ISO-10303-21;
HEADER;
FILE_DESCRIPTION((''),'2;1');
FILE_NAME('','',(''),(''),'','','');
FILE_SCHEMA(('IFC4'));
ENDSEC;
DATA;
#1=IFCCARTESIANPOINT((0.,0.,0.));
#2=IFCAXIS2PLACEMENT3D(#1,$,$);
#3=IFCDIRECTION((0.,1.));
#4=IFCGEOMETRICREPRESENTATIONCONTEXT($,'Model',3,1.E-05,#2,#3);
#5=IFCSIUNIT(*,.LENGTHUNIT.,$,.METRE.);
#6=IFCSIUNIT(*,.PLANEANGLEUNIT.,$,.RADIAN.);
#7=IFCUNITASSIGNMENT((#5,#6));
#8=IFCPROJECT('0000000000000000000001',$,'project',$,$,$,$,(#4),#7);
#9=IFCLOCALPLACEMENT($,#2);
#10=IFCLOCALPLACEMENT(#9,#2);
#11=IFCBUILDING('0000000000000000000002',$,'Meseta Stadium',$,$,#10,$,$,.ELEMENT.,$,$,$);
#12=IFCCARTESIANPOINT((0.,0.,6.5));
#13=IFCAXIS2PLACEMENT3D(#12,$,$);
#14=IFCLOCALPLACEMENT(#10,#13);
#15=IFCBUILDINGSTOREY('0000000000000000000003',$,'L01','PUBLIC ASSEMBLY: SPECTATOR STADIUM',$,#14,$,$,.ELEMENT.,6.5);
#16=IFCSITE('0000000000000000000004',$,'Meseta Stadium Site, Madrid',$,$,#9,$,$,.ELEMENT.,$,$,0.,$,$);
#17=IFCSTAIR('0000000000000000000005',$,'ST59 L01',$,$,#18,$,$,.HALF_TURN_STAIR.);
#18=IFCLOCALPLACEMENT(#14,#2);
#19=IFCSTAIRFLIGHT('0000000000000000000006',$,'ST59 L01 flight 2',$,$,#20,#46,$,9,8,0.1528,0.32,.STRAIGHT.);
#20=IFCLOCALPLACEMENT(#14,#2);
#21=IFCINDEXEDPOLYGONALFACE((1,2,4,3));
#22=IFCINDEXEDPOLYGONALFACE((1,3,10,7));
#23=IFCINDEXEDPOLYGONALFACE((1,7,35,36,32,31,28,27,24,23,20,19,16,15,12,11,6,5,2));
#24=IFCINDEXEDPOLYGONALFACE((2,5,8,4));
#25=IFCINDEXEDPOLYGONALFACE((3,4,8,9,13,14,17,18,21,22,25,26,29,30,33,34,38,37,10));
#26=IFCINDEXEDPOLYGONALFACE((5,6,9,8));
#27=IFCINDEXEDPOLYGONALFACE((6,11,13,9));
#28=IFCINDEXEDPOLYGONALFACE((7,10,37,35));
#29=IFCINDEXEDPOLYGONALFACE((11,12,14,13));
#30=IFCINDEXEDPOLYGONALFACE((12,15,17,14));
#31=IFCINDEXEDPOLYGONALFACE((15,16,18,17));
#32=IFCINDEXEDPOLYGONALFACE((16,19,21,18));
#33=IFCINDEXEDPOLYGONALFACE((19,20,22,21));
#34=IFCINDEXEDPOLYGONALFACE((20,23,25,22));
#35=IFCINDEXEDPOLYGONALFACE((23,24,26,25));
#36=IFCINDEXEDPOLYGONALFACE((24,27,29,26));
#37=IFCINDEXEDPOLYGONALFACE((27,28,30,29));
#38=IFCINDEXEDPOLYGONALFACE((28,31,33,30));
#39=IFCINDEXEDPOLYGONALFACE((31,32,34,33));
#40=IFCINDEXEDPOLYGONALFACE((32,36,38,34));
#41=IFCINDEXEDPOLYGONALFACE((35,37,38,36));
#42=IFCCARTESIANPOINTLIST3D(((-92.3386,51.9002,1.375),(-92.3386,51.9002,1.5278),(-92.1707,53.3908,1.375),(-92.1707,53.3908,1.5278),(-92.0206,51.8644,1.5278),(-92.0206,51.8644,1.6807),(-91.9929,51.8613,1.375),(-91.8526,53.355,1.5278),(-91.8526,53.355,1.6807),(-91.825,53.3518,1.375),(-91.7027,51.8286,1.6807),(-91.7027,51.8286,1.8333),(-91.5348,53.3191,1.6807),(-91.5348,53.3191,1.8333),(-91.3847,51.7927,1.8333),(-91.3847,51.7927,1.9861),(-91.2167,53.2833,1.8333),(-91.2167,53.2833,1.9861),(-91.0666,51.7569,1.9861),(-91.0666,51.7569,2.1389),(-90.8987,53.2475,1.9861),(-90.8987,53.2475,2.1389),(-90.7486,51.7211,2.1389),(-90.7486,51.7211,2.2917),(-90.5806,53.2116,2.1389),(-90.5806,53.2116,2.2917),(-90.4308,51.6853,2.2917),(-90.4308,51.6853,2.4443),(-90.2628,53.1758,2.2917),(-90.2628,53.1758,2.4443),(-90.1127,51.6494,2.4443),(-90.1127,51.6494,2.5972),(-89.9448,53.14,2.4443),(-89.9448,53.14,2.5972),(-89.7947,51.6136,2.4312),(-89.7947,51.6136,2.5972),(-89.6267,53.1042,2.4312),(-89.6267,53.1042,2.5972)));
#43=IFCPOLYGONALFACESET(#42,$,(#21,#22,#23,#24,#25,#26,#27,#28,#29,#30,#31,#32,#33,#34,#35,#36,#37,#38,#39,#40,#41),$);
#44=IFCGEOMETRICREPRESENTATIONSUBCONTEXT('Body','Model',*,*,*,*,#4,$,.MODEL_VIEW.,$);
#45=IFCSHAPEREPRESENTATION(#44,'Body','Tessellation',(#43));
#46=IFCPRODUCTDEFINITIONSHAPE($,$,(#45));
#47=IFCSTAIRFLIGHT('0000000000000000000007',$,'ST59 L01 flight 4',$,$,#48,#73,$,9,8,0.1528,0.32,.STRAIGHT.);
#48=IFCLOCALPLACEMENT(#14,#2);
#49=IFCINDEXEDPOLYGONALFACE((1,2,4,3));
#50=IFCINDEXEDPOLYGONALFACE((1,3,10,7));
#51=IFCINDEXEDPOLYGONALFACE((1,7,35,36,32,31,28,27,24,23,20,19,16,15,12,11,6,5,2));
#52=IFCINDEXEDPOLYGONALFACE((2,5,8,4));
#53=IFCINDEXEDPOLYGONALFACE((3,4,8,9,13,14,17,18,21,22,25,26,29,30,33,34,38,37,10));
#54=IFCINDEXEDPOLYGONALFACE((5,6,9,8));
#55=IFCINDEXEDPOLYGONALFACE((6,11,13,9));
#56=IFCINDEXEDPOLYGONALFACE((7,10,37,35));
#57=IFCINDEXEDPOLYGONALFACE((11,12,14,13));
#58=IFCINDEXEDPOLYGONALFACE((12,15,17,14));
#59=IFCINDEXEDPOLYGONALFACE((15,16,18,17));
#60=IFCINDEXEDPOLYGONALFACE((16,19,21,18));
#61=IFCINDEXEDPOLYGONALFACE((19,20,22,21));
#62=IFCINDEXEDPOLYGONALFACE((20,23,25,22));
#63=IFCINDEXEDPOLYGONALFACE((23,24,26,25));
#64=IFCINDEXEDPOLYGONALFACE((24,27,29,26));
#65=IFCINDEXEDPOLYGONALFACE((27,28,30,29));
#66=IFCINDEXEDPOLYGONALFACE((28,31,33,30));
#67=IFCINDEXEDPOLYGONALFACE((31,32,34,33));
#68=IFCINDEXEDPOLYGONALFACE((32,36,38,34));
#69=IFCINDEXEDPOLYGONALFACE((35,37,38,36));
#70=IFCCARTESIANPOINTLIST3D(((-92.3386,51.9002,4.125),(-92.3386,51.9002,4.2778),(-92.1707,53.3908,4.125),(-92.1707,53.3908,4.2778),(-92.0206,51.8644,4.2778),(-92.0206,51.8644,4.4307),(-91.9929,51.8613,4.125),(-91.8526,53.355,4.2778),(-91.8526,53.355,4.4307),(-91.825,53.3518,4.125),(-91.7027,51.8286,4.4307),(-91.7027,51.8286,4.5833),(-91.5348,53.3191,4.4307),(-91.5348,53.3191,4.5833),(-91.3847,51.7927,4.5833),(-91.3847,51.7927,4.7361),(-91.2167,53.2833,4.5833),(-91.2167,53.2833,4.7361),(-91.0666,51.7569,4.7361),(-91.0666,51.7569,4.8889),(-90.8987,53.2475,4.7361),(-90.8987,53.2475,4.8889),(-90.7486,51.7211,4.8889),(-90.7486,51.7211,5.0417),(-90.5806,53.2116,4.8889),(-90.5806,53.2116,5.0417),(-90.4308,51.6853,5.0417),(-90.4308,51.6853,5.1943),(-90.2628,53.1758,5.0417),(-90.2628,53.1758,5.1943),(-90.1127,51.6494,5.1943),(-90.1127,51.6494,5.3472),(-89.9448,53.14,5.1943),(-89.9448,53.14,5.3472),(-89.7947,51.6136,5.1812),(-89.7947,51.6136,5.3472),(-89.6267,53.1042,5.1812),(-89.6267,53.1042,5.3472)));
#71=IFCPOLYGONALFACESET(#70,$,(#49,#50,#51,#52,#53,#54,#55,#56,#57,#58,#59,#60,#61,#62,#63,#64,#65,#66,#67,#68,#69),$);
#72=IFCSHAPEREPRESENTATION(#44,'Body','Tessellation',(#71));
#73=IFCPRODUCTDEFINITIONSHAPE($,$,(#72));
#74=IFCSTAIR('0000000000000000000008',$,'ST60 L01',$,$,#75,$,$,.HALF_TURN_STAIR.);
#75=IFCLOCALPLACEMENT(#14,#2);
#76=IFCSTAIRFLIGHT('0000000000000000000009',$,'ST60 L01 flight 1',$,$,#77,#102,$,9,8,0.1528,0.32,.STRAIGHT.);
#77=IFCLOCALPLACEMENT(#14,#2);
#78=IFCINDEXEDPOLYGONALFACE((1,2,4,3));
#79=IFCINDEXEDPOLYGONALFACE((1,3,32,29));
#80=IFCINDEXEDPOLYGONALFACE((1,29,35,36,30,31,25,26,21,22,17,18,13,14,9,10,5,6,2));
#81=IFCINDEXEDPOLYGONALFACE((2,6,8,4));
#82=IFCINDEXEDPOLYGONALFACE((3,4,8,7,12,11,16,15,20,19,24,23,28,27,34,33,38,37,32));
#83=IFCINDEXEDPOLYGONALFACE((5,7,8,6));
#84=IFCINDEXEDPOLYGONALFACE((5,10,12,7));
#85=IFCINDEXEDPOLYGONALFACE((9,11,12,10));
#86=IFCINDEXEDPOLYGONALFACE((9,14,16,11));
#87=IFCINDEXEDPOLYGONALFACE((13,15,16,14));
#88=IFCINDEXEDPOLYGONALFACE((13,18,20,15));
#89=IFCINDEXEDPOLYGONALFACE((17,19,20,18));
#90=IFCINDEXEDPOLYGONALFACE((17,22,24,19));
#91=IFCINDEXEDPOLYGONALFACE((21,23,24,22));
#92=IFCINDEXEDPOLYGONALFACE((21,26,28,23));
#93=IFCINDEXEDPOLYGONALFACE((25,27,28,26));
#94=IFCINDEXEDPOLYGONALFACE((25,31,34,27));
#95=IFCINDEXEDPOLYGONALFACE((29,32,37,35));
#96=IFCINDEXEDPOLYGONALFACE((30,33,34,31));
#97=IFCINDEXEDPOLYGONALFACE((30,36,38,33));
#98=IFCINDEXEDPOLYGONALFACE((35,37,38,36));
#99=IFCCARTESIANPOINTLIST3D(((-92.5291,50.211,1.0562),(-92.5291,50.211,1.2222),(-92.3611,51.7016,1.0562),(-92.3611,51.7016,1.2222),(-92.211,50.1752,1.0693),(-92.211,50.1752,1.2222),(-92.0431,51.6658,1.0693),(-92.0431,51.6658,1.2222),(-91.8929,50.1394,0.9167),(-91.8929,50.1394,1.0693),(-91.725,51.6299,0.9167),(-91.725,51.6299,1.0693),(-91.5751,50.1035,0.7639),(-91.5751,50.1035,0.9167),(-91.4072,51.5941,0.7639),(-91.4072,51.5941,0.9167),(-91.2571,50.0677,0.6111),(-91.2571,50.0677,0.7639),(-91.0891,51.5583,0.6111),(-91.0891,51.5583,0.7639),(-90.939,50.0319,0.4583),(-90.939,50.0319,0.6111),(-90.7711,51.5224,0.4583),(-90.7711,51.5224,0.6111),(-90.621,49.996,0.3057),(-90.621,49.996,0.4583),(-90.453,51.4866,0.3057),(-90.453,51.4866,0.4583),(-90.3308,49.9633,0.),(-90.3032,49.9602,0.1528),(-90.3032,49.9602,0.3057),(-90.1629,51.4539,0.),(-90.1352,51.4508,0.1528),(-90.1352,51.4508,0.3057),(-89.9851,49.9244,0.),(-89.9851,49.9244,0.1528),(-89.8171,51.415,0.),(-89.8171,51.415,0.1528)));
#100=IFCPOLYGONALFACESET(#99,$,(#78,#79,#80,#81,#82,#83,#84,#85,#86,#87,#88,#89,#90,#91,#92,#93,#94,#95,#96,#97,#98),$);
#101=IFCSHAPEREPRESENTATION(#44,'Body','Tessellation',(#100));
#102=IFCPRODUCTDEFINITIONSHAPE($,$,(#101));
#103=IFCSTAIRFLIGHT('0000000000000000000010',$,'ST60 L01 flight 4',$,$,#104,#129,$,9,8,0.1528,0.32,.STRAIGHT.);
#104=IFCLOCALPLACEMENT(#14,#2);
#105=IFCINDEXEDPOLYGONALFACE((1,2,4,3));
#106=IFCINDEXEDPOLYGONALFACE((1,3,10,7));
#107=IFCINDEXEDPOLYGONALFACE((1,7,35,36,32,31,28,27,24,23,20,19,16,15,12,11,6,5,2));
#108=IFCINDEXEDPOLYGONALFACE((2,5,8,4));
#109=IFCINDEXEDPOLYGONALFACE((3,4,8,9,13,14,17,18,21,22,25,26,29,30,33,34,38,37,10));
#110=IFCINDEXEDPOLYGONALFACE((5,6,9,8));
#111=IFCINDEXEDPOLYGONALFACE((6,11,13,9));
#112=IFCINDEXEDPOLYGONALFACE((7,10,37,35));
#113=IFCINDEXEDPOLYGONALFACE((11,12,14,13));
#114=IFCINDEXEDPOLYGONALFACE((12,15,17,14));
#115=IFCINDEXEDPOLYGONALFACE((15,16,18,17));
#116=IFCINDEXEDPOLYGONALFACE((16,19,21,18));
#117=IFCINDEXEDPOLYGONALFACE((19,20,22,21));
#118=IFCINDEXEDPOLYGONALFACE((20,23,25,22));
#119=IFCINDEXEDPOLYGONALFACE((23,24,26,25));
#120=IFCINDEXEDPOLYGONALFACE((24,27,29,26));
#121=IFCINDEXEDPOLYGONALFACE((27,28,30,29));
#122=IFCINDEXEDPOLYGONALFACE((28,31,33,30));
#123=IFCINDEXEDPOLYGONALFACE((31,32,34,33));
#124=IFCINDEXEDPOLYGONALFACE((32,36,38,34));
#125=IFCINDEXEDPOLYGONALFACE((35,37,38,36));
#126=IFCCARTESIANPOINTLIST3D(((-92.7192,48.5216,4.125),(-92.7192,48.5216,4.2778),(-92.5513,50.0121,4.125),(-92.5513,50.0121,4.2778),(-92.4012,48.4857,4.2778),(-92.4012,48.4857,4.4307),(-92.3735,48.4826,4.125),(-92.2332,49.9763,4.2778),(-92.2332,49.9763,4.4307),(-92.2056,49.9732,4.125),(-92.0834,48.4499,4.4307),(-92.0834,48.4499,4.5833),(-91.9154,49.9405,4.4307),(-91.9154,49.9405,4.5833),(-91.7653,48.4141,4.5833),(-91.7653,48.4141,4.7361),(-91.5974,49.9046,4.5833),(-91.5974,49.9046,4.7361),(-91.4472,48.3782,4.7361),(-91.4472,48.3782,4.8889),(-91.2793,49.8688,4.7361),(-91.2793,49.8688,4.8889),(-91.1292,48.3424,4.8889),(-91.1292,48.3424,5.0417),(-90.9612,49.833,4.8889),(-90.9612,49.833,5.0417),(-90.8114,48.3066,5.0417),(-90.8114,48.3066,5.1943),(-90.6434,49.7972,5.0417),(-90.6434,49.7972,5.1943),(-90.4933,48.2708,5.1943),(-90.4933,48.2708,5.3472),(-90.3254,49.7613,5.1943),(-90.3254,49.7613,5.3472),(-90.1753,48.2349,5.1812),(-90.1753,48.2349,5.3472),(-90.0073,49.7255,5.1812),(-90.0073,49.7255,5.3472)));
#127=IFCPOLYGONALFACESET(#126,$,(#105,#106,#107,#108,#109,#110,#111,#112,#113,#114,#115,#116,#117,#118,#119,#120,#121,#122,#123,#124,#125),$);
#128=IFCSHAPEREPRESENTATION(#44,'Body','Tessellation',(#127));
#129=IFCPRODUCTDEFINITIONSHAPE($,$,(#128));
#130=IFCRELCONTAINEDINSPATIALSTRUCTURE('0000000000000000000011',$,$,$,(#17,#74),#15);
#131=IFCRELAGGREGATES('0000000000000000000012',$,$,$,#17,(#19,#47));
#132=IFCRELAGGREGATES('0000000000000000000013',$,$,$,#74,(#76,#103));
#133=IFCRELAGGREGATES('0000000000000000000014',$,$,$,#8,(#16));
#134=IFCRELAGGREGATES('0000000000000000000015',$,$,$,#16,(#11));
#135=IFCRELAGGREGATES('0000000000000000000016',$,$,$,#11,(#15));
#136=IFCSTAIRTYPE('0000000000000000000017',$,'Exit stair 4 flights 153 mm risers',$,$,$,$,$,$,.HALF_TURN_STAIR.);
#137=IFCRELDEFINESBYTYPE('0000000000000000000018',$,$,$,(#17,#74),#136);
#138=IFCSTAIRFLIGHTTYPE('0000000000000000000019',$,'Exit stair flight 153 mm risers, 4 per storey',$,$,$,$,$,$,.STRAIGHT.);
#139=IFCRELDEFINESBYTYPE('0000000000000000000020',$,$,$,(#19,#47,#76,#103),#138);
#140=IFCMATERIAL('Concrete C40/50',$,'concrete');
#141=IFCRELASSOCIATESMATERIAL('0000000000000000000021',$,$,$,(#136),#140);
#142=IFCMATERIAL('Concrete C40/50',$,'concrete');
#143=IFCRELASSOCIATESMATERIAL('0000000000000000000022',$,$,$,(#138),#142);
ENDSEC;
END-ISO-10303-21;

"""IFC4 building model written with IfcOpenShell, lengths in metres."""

from ifc_helpers import new_model, si_unit, direction, frame, origin, place, context, subcontext, project, spatial, polyline, outline, extrude, material, type_object, element, aggregate, save


model = new_model("IFC4")

# Units and contexts
model_context = context("Model", 3, precision=1e-05, world=origin(), true_north=direction((0.0, 1.0)))
body_context = subcontext(model_context, "Body", "Model", "MODEL_VIEW")
ifc_project = project(units=[si_unit("LENGTHUNIT", "METRE"), si_unit("PLANEANGLEUNIT", "RADIAN")], contexts=[model_context])

# Site, building, storey
site_placement = place(None, origin())
site = spatial("IfcSite", under=ifc_project, at=site_placement, Name="Meseta Stadium Site, Madrid", CompositionType="ELEMENT", RefElevation=0.0)
building_placement = place(site_placement, origin())
building = spatial("IfcBuilding", under=site, at=building_placement, Name="Meseta Stadium", CompositionType="ELEMENT")
storey_placement = place(building_placement, frame((0.0, 0.0, 6.5)))
storey = spatial("IfcBuildingStorey", under=building, at=storey_placement, Name="L01", Description="PUBLIC ASSEMBLY: SPECTATOR STADIUM", CompositionType="ELEMENT", Elevation=6.5)

# Stairs, stair flights
ifc_material_1 = material(Name="Concrete C40/50", Category="concrete")
stair_type = type_object("IfcStairType", Name="Exit stair 4 flights 153 mm risers", PredefinedType="HALF_TURN_STAIR", material=ifc_material_1)
stair_1_placement = place(storey_placement, origin())
stair_1 = element("IfcStair", 1, at=stair_1_placement, inside=storey, type_object=stair_type, Name="ST59 L01", PredefinedType="HALF_TURN_STAIR")
ifc_material_2 = material(Name="Concrete C40/50", Category="concrete")
stair_flight_type = type_object("IfcStairFlightType", Name="Exit stair flight 153 mm risers, 4 per storey", PredefinedType="STRAIGHT", material=ifc_material_2)
stair_flight_1_placement = place(storey_placement, frame((-92.2546, 52.6455, 1.375), z_axis=(0.0, 0.0, 1.0), x_axis=(0.993712, -0.111964, 0.0)))
stair_flight_1 = element("IfcStairFlight", 2, at=stair_flight_1_placement, type_object=stair_flight_type, Name="ST59 L01 flight 2", NumberOfRisers=9, NumberOfTreads=8, PredefinedType="STRAIGHT", RiserHeight=0.1528, TreadLength=0.32, context=body_context, shape_type="SweptSolid", body=[
    extrude(outline(polyline([(0.0, 0.0), (0.0, 0.1528), (0.3201, 0.1528), (0.3201, 0.3057), (0.6399, 0.3057), (0.6399, 0.4583), (0.96, 0.4583), (0.96, 0.6111), (1.28, 0.6111), (1.28, 0.7639), (1.6001, 0.7639), (1.6001, 0.9167), (1.9199, 0.9167), (1.9199, 1.0693), (2.24, 1.0693), (2.24, 1.2222), (2.5601, 1.2222), (2.5601, 1.0562), (0.3479, 0.0), (0.0, 0.0)])), frame((0.0, 0.75, 0.0), z_axis=(0.0, -1.0, 0.0), x_axis=(1.0, 0.0, 0.0)), (0.0, 0.0, 1.0), 1.5),
])
stair_flight_2_placement = place(storey_placement, frame((-92.2546, 52.6455, 4.125), z_axis=(0.0, 0.0, 1.0), x_axis=(0.993712, -0.111964, 0.0)))
stair_flight_2 = element("IfcStairFlight", 3, at=stair_flight_2_placement, type_object=stair_flight_type, Name="ST59 L01 flight 4", NumberOfRisers=9, NumberOfTreads=8, PredefinedType="STRAIGHT", RiserHeight=0.1528, TreadLength=0.32, context=body_context, shape_type="SweptSolid", body=[
    extrude(outline(polyline([(0.0, 0.0), (0.0, 0.1528), (0.3201, 0.1528), (0.3201, 0.3057), (0.6399, 0.3057), (0.6399, 0.4583), (0.96, 0.4583), (0.96, 0.6111), (1.28, 0.6111), (1.28, 0.7639), (1.6001, 0.7639), (1.6001, 0.9167), (1.9199, 0.9167), (1.9199, 1.0693), (2.24, 1.0693), (2.24, 1.2222), (2.5601, 1.2222), (2.5601, 1.0562), (0.3479, 0.0), (0.0, 0.0)])), frame((0.0, 0.75, 0.0), z_axis=(0.0, -1.0, 0.0), x_axis=(1.0, 0.0, 0.0)), (0.0, 0.0, 1.0), 1.5),
])
aggregate(stair_1, [stair_flight_1, stair_flight_2])
stair_2_placement = place(storey_placement, origin())
stair_2 = element("IfcStair", 4, at=stair_2_placement, inside=storey, type_object=stair_type, Name="ST60 L01", PredefinedType="HALF_TURN_STAIR")
stair_flight_3_placement = place(storey_placement, frame((-89.9011, 50.6697, 0.0), z_axis=(0.0, 0.0, 1.0), x_axis=(-0.993712, 0.111964, 0.0)))
stair_flight_3 = element("IfcStairFlight", 5, at=stair_flight_3_placement, type_object=stair_flight_type, Name="ST60 L01 flight 1", NumberOfRisers=9, NumberOfTreads=8, PredefinedType="STRAIGHT", RiserHeight=0.1528, TreadLength=0.32, context=body_context, shape_type="SweptSolid", body=[
    extrude(outline(polyline([(0.0, 0.0), (0.0, 0.1528), (0.3201, 0.1528), (0.3201, 0.3057), (0.6399, 0.3057), (0.6399, 0.4583), (0.96, 0.4583), (0.96, 0.6111), (1.28, 0.6111), (1.28, 0.7639), (1.6001, 0.7639), (1.6001, 0.9167), (1.9199, 0.9167), (1.9199, 1.0693), (2.24, 1.0693), (2.24, 1.2222), (2.5601, 1.2222), (2.5601, 1.0562), (0.3479, 0.0), (0.0, 0.0)])), frame((0.0, 0.75, 0.0), z_axis=(0.0, -1.0, 0.0), x_axis=(1.0, 0.0, 0.0)), (0.0, 0.0, 1.0), 1.5),
])
stair_flight_4_placement = place(storey_placement, frame((-92.6353, 49.2668, 4.125), z_axis=(0.0, 0.0, 1.0), x_axis=(0.993712, -0.111964, 0.0)))
stair_flight_4 = element("IfcStairFlight", 6, at=stair_flight_4_placement, type_object=stair_flight_type, Name="ST60 L01 flight 4", NumberOfRisers=9, NumberOfTreads=8, PredefinedType="STRAIGHT", RiserHeight=0.1528, TreadLength=0.32, context=body_context, shape_type="SweptSolid", body=[
    extrude(outline(polyline([(0.0, 0.0), (0.0, 0.1528), (0.3201, 0.1528), (0.3201, 0.3057), (0.6399, 0.3057), (0.6399, 0.4583), (0.96, 0.4583), (0.96, 0.6111), (1.28, 0.6111), (1.28, 0.7639), (1.6001, 0.7639), (1.6001, 0.9167), (1.9199, 0.9167), (1.9199, 1.0693), (2.24, 1.0693), (2.24, 1.2222), (2.5601, 1.2222), (2.5601, 1.0562), (0.3479, 0.0), (0.0, 0.0)])), frame((0.0, 0.75, 0.0), z_axis=(0.0, -1.0, 0.0), x_axis=(1.0, 0.0, 0.0)), (0.0, 0.0, 1.0), 1.5),
])
aggregate(stair_2, [stair_flight_3, stair_flight_4])

save(model, "model.ifc")
